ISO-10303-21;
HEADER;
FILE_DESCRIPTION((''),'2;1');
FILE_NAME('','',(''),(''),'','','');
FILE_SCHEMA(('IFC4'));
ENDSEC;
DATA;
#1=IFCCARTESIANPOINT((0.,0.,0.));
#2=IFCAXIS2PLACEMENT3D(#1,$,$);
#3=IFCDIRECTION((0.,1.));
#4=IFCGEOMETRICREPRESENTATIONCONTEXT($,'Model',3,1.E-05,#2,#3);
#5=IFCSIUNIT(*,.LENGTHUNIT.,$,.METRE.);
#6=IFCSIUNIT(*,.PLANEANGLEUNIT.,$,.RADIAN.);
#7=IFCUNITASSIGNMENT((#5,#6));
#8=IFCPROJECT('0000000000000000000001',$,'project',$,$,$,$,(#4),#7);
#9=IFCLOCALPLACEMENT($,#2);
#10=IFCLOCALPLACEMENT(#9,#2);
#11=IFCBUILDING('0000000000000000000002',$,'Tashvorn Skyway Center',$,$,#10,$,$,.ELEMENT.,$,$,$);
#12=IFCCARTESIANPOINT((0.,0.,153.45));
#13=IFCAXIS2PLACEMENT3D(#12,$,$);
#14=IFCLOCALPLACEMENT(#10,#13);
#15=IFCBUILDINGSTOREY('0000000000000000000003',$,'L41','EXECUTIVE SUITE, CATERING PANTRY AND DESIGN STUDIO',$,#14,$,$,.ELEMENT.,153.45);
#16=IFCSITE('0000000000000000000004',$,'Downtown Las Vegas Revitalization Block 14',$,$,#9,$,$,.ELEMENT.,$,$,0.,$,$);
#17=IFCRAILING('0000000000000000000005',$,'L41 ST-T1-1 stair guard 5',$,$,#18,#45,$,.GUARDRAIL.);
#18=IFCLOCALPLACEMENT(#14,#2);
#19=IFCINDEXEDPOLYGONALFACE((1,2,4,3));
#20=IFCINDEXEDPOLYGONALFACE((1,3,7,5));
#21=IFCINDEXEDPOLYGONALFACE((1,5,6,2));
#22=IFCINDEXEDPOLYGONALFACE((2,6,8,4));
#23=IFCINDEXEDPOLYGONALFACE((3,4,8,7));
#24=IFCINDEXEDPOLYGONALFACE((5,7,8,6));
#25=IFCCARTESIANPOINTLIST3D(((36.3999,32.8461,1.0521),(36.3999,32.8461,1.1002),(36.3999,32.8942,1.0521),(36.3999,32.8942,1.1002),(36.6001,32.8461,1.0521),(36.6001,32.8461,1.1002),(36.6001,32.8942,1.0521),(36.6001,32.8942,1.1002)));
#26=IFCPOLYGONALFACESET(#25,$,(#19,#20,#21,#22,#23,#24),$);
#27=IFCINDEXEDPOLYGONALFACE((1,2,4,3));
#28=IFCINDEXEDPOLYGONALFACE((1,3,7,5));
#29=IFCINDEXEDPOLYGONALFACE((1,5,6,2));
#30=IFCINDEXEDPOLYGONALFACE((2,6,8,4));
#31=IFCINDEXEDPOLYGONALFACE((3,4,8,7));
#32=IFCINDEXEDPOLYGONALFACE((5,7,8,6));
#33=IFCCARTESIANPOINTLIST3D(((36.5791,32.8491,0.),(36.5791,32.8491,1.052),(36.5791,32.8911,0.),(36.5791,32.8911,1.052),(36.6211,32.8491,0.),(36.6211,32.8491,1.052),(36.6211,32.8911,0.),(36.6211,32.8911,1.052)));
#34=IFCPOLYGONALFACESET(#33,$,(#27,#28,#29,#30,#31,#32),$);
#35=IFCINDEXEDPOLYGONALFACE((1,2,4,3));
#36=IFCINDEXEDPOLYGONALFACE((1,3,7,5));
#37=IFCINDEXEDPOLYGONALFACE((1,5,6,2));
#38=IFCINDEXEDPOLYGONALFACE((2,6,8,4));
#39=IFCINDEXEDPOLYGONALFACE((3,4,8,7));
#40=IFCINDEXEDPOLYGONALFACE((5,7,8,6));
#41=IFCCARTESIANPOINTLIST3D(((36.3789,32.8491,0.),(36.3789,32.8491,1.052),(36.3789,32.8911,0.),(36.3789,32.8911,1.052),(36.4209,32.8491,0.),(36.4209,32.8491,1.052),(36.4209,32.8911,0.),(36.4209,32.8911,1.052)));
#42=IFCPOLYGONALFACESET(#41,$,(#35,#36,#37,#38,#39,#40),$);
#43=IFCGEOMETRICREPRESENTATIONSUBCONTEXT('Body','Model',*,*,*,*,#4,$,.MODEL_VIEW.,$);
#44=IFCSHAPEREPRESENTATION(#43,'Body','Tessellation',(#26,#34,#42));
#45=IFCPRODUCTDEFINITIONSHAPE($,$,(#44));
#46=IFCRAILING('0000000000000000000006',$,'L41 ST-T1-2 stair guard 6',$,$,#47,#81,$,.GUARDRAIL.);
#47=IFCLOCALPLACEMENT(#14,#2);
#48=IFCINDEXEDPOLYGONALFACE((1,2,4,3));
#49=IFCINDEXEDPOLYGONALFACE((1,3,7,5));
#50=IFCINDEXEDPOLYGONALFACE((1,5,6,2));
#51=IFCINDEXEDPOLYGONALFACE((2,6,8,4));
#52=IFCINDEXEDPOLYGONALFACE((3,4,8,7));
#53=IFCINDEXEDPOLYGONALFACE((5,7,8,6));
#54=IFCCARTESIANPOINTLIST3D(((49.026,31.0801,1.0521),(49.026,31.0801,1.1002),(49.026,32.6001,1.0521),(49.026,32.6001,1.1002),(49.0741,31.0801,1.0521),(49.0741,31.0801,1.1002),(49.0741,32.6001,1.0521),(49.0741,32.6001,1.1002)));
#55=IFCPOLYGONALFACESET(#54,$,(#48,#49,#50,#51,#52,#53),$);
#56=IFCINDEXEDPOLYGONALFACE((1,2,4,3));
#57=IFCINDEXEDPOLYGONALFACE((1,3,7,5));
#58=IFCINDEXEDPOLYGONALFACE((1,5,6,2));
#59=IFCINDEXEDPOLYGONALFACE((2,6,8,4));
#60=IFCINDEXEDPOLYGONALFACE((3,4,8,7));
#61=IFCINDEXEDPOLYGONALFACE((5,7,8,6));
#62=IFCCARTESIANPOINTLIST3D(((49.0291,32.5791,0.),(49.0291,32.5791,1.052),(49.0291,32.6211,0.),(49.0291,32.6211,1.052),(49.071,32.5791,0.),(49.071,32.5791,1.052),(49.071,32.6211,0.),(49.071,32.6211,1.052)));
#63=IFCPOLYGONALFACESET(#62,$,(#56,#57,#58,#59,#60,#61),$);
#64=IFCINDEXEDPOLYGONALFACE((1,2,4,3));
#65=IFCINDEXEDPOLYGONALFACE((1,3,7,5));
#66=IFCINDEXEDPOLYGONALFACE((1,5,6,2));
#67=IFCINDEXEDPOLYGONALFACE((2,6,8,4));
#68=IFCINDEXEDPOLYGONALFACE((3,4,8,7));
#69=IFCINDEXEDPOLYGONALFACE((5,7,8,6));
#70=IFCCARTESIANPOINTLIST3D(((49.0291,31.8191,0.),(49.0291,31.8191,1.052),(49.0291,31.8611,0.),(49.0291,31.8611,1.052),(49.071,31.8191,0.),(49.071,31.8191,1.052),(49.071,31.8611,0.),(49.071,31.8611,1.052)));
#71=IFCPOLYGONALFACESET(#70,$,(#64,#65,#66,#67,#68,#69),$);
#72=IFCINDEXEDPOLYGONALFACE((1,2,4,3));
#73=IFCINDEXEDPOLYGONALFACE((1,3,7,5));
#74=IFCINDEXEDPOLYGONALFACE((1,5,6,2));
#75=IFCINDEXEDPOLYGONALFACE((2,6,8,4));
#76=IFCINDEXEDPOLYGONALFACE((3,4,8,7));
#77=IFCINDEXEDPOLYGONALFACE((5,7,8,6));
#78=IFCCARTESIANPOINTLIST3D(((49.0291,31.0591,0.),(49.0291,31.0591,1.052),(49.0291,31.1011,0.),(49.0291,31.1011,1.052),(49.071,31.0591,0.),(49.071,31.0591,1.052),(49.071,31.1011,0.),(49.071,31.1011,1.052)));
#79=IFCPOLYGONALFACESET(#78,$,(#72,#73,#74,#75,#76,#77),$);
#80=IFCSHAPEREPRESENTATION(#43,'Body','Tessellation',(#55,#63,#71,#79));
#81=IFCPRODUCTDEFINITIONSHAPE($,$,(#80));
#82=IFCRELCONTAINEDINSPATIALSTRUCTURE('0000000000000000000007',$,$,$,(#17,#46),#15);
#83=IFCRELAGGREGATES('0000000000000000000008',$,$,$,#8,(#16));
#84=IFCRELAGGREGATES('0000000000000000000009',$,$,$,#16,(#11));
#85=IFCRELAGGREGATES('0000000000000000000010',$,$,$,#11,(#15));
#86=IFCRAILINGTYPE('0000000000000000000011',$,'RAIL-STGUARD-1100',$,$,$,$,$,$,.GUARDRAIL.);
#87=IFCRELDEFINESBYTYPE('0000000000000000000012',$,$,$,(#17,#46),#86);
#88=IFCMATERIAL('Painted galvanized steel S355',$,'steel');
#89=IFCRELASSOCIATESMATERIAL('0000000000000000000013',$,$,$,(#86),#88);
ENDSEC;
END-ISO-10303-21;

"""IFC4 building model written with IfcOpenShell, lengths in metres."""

from ifc_helpers import new_model, si_unit, direction, frame, origin, origin_2d, place, context, subcontext, project, spatial, rectangle, extrude, material, type_object, element, save


model = new_model("IFC4")

# Units and contexts
model_context = context("Model", 3, precision=1e-05, world=origin(), true_north=direction((0.0, 1.0)))
body_context = subcontext(model_context, "Body", "Model", "MODEL_VIEW")
ifc_project = project(units=[si_unit("LENGTHUNIT", "METRE"), si_unit("PLANEANGLEUNIT", "RADIAN")], contexts=[model_context])

# Site, building, storey
site_placement = place(None, origin())
site = spatial("IfcSite", under=ifc_project, at=site_placement, Name="Downtown Las Vegas Revitalization Block 14", CompositionType="ELEMENT", RefElevation=0.0)
building_placement = place(site_placement, origin())
building = spatial("IfcBuilding", under=site, at=building_placement, Name="Tashvorn Skyway Center", CompositionType="ELEMENT")
storey_placement = place(building_placement, frame((0.0, 0.0, 153.45)))
storey = spatial("IfcBuildingStorey", under=building, at=storey_placement, Name="L41", Description="EXECUTIVE SUITE, CATERING PANTRY AND DESIGN STUDIO", CompositionType="ELEMENT", Elevation=153.45)

# Railings
ifc_material_1 = material(Name="Painted galvanized steel S355", Category="steel")
railing_type_1 = type_object("IfcRailingType", Name="RAIL-STGUARD-1100", PredefinedType="GUARDRAIL", material=ifc_material_1)
for number, where, name in (
    (1, (36.6001, 32.8701, 0.0), "L41 ST-T1-1 stair guard 5"),
):
    element("IfcRailing", number, at=place(storey_placement, frame(where)), inside=storey, type_object=railing_type_1, Name=name, PredefinedType="GUARDRAIL", context=body_context, shape_type="SweptSolid", body=[
        extrude(rectangle(XDim=0.0481, YDim=0.0481, at=origin_2d()), frame((0.0, 0.0, 1.0762), z_axis=(-1.0, 0.0, 0.0), x_axis=(0.0, -1.0, 0.0)), (0.0, 0.0, 1.0), 0.2002),
        extrude(rectangle(XDim=0.042, YDim=0.042, at=origin_2d()), origin(), (0.0, 0.0, 1.0), 1.052),
        extrude(rectangle(XDim=0.042, YDim=0.042, at=origin_2d()), frame((-0.2002, 0.0, 0.0)), (0.0, 0.0, 1.0), 1.052),
    ])
railing_1_placement = place(storey_placement, frame((49.05, 32.6001, 0.0)))
element("IfcRailing", 2, at=railing_1_placement, inside=storey, type_object=railing_type_1, Name="L41 ST-T1-2 stair guard 6", PredefinedType="GUARDRAIL", context=body_context, shape_type="SweptSolid", body=[
    extrude(rectangle(XDim=0.0481, YDim=0.0481, at=origin_2d()), frame((0.0, 0.0, 1.0762), z_axis=(0.0, -1.0, 0.0), x_axis=(1.0, 0.0, 0.0)), (0.0, 0.0, 1.0), 1.52),
    extrude(rectangle(XDim=0.042, YDim=0.042, at=origin_2d()), origin(), (0.0, 0.0, 1.0), 1.052),
    extrude(rectangle(XDim=0.042, YDim=0.042, at=origin_2d()), frame((0.0, -0.76, 0.0)), (0.0, 0.0, 1.0), 1.052),
    extrude(rectangle(XDim=0.042, YDim=0.042, at=origin_2d()), frame((0.0, -1.52, 0.0)), (0.0, 0.0, 1.0), 1.052),
])

save(model, "model.ifc")
